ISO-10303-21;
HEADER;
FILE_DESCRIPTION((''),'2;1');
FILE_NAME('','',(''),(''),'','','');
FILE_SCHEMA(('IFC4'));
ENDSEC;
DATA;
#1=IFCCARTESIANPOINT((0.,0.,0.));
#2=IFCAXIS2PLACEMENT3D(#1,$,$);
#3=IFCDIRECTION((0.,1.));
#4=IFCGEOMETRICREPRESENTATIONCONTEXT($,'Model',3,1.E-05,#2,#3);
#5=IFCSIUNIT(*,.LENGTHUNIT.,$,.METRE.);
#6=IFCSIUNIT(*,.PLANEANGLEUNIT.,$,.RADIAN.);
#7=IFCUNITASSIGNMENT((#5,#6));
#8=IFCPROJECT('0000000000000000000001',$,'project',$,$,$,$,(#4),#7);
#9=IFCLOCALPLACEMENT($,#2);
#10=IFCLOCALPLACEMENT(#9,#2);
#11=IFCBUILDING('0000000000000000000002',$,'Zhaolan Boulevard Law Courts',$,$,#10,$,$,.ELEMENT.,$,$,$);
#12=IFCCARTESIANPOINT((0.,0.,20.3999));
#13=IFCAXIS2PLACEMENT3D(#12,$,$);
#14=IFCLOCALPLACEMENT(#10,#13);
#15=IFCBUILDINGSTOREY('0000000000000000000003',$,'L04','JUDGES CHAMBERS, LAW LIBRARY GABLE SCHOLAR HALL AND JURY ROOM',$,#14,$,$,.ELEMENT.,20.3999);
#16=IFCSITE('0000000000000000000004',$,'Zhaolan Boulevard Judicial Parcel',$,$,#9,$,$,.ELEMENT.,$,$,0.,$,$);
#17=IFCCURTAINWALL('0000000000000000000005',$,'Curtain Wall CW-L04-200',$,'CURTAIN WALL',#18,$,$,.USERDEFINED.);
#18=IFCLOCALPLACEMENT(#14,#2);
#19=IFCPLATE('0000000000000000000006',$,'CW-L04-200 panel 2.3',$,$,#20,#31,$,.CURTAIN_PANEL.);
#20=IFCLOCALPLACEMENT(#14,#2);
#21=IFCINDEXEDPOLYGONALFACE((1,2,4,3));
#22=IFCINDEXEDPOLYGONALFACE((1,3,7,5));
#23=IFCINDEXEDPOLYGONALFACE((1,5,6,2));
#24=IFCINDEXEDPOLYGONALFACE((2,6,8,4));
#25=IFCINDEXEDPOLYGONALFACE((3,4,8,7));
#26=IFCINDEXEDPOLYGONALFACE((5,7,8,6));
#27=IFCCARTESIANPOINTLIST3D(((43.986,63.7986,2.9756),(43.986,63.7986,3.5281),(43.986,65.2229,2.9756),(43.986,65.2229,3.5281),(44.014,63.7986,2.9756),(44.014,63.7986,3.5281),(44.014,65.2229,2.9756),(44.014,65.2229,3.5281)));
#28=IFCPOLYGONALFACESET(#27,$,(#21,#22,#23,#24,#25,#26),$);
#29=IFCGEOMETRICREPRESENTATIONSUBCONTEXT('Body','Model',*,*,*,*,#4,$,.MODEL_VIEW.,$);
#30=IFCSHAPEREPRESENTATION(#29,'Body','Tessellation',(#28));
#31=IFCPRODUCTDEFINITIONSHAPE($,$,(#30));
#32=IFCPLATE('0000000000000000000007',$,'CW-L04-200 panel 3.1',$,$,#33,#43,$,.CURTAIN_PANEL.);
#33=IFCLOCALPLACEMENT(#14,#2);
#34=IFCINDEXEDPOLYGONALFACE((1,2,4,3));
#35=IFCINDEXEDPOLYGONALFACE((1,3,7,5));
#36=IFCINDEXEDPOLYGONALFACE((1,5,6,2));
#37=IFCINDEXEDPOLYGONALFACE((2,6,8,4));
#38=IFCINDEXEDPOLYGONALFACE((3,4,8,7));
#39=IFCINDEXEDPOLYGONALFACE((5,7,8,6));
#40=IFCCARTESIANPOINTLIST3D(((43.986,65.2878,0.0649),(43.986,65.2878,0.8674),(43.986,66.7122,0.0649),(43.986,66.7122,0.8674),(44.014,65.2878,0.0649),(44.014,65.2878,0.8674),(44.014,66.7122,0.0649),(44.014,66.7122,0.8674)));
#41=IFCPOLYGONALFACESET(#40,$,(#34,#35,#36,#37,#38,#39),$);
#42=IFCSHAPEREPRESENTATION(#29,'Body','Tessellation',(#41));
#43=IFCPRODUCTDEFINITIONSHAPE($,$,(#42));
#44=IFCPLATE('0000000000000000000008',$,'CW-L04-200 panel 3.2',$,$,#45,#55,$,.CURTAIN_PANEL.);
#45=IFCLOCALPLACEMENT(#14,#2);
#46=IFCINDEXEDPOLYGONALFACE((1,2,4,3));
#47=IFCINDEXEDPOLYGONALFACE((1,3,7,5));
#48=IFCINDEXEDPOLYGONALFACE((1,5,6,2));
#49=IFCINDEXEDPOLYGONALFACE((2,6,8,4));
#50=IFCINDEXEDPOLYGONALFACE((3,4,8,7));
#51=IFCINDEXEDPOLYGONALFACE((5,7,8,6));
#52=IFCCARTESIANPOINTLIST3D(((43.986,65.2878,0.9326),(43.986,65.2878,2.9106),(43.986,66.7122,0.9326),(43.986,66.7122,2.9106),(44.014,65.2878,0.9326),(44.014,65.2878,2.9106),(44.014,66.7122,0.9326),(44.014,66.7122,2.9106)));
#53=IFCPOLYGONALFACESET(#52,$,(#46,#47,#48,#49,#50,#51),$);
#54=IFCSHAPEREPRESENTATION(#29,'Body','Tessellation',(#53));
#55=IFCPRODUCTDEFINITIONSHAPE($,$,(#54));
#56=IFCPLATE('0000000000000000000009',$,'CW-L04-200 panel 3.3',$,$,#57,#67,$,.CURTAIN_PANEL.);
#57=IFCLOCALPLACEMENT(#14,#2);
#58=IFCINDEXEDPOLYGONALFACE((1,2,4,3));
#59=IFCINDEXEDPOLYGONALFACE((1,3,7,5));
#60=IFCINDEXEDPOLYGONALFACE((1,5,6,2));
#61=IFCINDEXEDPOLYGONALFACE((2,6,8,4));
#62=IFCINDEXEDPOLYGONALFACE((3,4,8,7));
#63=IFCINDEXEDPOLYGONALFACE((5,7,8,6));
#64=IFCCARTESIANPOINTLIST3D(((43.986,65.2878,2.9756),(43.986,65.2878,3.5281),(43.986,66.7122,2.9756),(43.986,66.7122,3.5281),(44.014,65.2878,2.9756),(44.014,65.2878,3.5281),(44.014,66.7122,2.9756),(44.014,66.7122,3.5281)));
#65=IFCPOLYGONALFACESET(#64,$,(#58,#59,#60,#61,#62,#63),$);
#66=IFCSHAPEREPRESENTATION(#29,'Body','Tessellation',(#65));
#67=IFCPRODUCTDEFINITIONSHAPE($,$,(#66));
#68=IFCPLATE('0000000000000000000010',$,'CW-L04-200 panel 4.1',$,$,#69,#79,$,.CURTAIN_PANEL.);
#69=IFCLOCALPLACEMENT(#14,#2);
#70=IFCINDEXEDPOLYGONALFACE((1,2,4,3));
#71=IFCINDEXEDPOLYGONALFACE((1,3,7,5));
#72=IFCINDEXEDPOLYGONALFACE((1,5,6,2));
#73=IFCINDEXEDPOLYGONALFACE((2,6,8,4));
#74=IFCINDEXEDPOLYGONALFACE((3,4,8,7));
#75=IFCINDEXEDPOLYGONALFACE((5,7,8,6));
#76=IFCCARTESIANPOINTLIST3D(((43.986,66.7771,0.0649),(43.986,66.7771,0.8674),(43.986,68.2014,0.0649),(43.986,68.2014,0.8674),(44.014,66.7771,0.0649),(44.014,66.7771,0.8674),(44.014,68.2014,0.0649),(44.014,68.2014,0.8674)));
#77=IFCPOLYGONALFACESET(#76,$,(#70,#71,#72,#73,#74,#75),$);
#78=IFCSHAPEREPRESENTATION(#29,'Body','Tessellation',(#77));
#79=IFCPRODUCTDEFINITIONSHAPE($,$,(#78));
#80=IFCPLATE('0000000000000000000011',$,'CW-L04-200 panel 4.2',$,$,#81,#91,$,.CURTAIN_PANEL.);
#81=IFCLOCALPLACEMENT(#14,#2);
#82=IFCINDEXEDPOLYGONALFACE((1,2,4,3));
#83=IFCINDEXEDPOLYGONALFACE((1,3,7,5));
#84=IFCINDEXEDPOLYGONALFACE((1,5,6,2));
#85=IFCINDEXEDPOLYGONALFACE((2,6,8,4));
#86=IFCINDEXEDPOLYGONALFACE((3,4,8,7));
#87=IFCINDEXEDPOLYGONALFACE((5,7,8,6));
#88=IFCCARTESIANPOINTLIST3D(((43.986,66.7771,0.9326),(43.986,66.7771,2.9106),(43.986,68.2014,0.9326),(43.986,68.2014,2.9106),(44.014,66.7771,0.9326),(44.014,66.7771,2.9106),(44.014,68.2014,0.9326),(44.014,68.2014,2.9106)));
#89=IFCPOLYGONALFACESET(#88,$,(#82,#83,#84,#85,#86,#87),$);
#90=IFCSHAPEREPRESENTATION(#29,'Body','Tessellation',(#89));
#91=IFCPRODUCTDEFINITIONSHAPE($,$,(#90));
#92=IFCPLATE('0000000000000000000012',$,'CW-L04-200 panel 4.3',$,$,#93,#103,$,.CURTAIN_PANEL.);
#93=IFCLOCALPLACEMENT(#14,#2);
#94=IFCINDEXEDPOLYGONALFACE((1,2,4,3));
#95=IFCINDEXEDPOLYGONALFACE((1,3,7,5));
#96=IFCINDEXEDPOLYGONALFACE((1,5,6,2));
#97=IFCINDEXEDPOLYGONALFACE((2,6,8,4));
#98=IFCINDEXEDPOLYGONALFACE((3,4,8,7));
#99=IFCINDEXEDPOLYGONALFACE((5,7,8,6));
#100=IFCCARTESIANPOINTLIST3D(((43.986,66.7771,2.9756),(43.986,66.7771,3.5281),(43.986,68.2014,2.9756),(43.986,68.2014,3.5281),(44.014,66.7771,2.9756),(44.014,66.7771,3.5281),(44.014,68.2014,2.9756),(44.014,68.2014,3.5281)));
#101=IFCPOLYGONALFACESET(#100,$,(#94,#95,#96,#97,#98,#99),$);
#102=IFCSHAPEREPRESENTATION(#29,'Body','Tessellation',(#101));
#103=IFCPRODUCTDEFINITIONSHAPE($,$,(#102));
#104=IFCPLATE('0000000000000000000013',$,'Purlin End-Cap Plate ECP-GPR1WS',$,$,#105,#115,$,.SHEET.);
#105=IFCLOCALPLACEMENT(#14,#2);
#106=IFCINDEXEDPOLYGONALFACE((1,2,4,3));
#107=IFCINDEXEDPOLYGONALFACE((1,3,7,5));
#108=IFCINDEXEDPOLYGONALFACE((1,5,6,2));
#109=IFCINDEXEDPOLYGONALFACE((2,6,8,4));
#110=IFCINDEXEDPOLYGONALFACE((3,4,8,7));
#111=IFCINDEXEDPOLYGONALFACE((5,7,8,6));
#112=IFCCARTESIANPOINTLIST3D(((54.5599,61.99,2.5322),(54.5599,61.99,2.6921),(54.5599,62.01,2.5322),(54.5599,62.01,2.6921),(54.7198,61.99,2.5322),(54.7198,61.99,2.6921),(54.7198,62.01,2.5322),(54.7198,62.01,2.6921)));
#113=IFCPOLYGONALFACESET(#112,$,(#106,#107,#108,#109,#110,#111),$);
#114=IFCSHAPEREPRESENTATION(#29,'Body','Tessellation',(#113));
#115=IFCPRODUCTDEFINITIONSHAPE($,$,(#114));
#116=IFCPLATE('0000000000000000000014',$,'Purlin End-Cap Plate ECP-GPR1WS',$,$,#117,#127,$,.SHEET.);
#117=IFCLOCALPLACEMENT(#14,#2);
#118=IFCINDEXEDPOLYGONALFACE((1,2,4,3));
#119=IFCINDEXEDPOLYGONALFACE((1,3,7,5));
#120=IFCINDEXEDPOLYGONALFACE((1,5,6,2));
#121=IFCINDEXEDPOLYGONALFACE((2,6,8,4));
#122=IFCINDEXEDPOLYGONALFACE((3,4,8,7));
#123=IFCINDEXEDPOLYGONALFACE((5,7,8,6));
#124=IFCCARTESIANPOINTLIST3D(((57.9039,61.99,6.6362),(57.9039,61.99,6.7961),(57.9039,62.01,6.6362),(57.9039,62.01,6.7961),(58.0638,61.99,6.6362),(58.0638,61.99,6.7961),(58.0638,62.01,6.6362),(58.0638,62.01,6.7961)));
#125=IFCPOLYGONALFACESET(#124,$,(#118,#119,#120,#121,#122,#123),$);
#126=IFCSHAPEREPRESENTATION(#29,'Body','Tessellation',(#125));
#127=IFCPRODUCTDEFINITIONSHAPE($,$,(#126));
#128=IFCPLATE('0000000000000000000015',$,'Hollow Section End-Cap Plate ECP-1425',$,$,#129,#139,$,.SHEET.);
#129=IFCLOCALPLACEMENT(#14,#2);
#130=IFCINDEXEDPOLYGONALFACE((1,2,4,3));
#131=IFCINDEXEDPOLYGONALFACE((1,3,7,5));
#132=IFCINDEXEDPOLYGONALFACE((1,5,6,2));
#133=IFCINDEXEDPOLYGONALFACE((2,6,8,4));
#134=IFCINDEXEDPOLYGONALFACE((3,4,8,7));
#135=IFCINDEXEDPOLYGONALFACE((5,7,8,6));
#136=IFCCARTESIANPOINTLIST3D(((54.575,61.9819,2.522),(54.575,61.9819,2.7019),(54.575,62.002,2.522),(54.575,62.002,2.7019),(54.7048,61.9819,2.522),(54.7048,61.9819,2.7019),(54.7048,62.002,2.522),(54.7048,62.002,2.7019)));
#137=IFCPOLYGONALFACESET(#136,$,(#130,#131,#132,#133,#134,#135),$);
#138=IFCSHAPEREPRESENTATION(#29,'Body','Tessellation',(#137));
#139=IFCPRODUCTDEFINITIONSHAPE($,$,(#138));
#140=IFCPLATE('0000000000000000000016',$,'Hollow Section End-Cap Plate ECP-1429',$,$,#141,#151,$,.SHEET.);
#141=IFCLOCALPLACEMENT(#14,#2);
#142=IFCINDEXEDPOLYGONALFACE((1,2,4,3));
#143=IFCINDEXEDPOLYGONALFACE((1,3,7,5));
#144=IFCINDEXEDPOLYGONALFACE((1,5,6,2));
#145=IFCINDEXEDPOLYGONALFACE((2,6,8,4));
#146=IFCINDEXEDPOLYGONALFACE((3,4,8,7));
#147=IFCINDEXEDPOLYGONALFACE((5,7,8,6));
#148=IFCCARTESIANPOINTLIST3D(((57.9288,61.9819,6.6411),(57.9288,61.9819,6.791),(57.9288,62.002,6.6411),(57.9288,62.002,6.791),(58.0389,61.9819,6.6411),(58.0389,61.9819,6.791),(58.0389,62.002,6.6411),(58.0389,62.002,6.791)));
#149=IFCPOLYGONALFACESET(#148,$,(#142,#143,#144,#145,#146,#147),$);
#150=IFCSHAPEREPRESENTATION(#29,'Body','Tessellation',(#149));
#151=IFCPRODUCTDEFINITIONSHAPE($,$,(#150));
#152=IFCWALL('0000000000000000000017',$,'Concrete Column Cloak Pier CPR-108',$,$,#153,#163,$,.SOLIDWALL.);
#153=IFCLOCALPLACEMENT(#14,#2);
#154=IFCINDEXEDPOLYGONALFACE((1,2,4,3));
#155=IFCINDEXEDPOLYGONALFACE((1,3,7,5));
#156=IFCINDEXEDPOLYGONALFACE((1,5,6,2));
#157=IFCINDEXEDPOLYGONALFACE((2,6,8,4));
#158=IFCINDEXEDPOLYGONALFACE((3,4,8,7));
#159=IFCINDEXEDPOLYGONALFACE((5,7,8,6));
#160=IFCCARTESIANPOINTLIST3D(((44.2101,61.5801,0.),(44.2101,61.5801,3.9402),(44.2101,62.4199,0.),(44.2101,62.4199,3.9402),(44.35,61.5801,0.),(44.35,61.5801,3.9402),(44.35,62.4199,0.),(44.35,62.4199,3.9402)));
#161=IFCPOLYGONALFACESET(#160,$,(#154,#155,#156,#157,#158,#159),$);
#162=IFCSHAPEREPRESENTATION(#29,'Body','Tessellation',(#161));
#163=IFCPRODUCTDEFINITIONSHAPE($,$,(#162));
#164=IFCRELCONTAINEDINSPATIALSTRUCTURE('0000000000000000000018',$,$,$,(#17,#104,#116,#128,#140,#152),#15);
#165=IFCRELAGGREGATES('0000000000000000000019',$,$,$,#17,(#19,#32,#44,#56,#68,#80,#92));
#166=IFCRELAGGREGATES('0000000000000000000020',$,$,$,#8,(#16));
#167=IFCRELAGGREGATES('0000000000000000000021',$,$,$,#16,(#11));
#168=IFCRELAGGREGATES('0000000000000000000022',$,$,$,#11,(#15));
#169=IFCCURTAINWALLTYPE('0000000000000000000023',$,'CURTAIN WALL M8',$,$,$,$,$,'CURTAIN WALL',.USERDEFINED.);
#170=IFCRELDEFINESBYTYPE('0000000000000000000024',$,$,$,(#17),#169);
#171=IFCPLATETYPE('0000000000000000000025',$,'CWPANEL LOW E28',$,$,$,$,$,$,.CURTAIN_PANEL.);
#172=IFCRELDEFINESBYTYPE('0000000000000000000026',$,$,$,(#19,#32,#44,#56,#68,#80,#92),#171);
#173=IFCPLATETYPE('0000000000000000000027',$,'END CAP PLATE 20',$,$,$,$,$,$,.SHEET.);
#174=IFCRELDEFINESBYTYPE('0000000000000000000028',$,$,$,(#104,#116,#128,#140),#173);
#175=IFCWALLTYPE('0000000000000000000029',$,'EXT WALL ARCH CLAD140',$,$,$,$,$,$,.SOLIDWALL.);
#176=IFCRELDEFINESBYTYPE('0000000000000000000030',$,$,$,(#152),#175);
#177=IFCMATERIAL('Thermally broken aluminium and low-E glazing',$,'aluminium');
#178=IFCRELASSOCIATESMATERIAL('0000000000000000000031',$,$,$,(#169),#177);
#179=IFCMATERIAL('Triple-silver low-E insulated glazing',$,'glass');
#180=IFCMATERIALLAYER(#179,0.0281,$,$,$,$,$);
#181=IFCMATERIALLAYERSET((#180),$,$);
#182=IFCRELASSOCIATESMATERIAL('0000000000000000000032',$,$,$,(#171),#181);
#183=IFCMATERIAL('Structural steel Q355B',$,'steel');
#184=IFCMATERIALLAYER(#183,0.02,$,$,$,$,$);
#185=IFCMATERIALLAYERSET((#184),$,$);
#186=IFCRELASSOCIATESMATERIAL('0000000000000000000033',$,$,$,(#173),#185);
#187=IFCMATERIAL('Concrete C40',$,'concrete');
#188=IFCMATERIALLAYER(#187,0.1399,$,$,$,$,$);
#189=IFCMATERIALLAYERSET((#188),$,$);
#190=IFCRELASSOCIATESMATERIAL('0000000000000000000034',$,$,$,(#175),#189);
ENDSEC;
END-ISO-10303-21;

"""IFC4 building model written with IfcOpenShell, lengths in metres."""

from ifc_helpers import new_model, si_unit, direction, frame, frame_2d, origin, origin_2d, place, context, subcontext, project, spatial, rectangle, extrude, material, layer, layer_set, type_object, element, aggregate, save


model = new_model("IFC4")

# Units and contexts
model_context = context("Model", 3, precision=1e-05, world=origin(), true_north=direction((0.0, 1.0)))
body_context = subcontext(model_context, "Body", "Model", "MODEL_VIEW")
ifc_project = project(units=[si_unit("LENGTHUNIT", "METRE"), si_unit("PLANEANGLEUNIT", "RADIAN")], contexts=[model_context])

# Site, building, storey
site_placement = place(None, origin())
site = spatial("IfcSite", under=ifc_project, at=site_placement, Name="Zhaolan Boulevard Judicial Parcel", CompositionType="ELEMENT", RefElevation=0.0)
building_placement = place(site_placement, origin())
building = spatial("IfcBuilding", under=site, at=building_placement, Name="Zhaolan Boulevard Law Courts", CompositionType="ELEMENT")
storey_placement = place(building_placement, frame((0.0, 0.0, 20.3999)))
storey = spatial("IfcBuildingStorey", under=building, at=storey_placement, Name="L04", Description="JUDGES CHAMBERS, LAW LIBRARY GABLE SCHOLAR HALL AND JURY ROOM", CompositionType="ELEMENT", Elevation=20.3999)

# Curtain wall
ifc_material_1 = material(Name="Thermally broken aluminium and low-E glazing", Category="aluminium")
curtain_wall_type = type_object("IfcCurtainWallType", Name="CURTAIN WALL M8", ElementType="CURTAIN WALL", PredefinedType="USERDEFINED", material=ifc_material_1)
curtain_wall_placement = place(storey_placement, origin())
curtain_wall = element("IfcCurtainWall", 1, at=curtain_wall_placement, inside=storey, type_object=curtain_wall_type, Name="Curtain Wall CW-L04-200", ObjectType="CURTAIN WALL", PredefinedType="USERDEFINED")

# Plates
ifc_material_2 = material(Name="Triple-silver low-E insulated glazing", Category="glass")
ifc_layer_1 = layer(ifc_material_2, 0.0281)
ifc_layer_set_1 = layer_set([ifc_layer_1])
plate_type_1 = type_object("IfcPlateType", Name="CWPANEL LOW E28", PredefinedType="CURTAIN_PANEL", material=ifc_layer_set_1)
plate_1_placement = place(storey_placement, frame((44.0, 64.5107, 2.9756), z_axis=(0.0, 0.0, 1.0), x_axis=(0.0, 1.0, 0.0)))
plate_1 = element("IfcPlate", 2, at=plate_1_placement, type_object=plate_type_1, Name="CW-L04-200 panel 2.3", PredefinedType="CURTAIN_PANEL", context=body_context, shape_type="SweptSolid", body=[
    extrude(rectangle(XDim=1.4243, YDim=0.0281, at=origin_2d()), origin(), (0.0, 0.0, 1.0), 0.5525),
])
plate_2_placement = place(storey_placement, frame((44.0, 66.0, 0.0649), z_axis=(0.0, 0.0, 1.0), x_axis=(0.0, 1.0, 0.0)))
plate_2 = element("IfcPlate", 3, at=plate_2_placement, type_object=plate_type_1, Name="CW-L04-200 panel 3.1", PredefinedType="CURTAIN_PANEL", context=body_context, shape_type="SweptSolid", body=[
    extrude(rectangle(XDim=1.4243, YDim=0.0281, at=origin_2d()), origin(), (0.0, 0.0, 1.0), 0.8025),
])
plate_3_placement = place(storey_placement, frame((44.0, 66.0, 0.9326), z_axis=(0.0, 0.0, 1.0), x_axis=(0.0, 1.0, 0.0)))
plate_3 = element("IfcPlate", 4, at=plate_3_placement, type_object=plate_type_1, Name="CW-L04-200 panel 3.2", PredefinedType="CURTAIN_PANEL", context=body_context, shape_type="SweptSolid", body=[
    extrude(rectangle(XDim=1.4243, YDim=0.0281, at=origin_2d()), origin(), (0.0, 0.0, 1.0), 1.978),
])
plate_4_placement = place(storey_placement, frame((44.0, 66.0, 2.9756), z_axis=(0.0, 0.0, 1.0), x_axis=(0.0, 1.0, 0.0)))
plate_4 = element("IfcPlate", 5, at=plate_4_placement, type_object=plate_type_1, Name="CW-L04-200 panel 3.3", PredefinedType="CURTAIN_PANEL", context=body_context, shape_type="SweptSolid", body=[
    extrude(rectangle(XDim=1.4243, YDim=0.0281, at=origin_2d()), origin(), (0.0, 0.0, 1.0), 0.5525),
])
plate_5_placement = place(storey_placement, frame((44.0, 67.4893, 0.0649), z_axis=(0.0, 0.0, 1.0), x_axis=(0.0, 1.0, 0.0)))
plate_5 = element("IfcPlate", 6, at=plate_5_placement, type_object=plate_type_1, Name="CW-L04-200 panel 4.1", PredefinedType="CURTAIN_PANEL", context=body_context, shape_type="SweptSolid", body=[
    extrude(rectangle(XDim=1.4243, YDim=0.0281, at=origin_2d()), origin(), (0.0, 0.0, 1.0), 0.8025),
])
plate_6_placement = place(storey_placement, frame((44.0, 67.4893, 0.9326), z_axis=(0.0, 0.0, 1.0), x_axis=(0.0, 1.0, 0.0)))
plate_6 = element("IfcPlate", 7, at=plate_6_placement, type_object=plate_type_1, Name="CW-L04-200 panel 4.2", PredefinedType="CURTAIN_PANEL", context=body_context, shape_type="SweptSolid", body=[
    extrude(rectangle(XDim=1.4243, YDim=0.0281, at=origin_2d()), origin(), (0.0, 0.0, 1.0), 1.978),
])
plate_7_placement = place(storey_placement, frame((44.0, 67.4893, 2.9756), z_axis=(0.0, 0.0, 1.0), x_axis=(0.0, 1.0, 0.0)))
plate_7 = element("IfcPlate", 8, at=plate_7_placement, type_object=plate_type_1, Name="CW-L04-200 panel 4.3", PredefinedType="CURTAIN_PANEL", context=body_context, shape_type="SweptSolid", body=[
    extrude(rectangle(XDim=1.4243, YDim=0.0281, at=origin_2d()), origin(), (0.0, 0.0, 1.0), 0.5525),
])
aggregate(curtain_wall, [plate_1, plate_2, plate_3, plate_4, plate_5, plate_6, plate_7])

# Plates
ifc_material_3 = material(Name="Structural steel Q355B", Category="steel")
ifc_layer_2 = layer(ifc_material_3, 0.02)
ifc_layer_set_2 = layer_set([ifc_layer_2])
plate_type_2 = type_object("IfcPlateType", Name="END CAP PLATE 20", PredefinedType="SHEET", material=ifc_layer_set_2)
for number, where, z_axis, x_axis, name in (
    (9, (54.6399, 62.0, 2.5322), (0.0, 0.0, 1.0), (1.0, 0.0, 0.0), "Purlin End-Cap Plate ECP-GPR1WS"),
    (10, (57.9839, 62.0, 6.6362), (0.0, 0.0, 1.0), (1.0, 0.0, 0.0), "Purlin End-Cap Plate ECP-GPR1WS"),
):
    element("IfcPlate", number, at=place(storey_placement, frame(where, z_axis=z_axis, x_axis=x_axis)), inside=storey, type_object=plate_type_2, Name=name, PredefinedType="SHEET", context=body_context, shape_type="SweptSolid", body=[
        extrude(rectangle(XDim=0.1599, YDim=0.02, at=origin_2d()), origin(), (0.0, 0.0, 1.0), 0.1599),
    ])
plate_8_placement = place(storey_placement, frame((54.6399, 61.9919, 2.522), z_axis=(0.0, 0.0, 1.0), x_axis=(0.0, 1.0, 0.0)))
element("IfcPlate", 11, at=plate_8_placement, inside=storey, type_object=plate_type_2, Name="Hollow Section End-Cap Plate ECP-1425", PredefinedType="SHEET", context=body_context, shape_type="SweptSolid", body=[
    extrude(rectangle(XDim=0.02, YDim=0.1299, at=origin_2d()), origin(), (0.0, 0.0, 1.0), 0.1799),
])
plate_9_placement = place(storey_placement, frame((57.9839, 61.9919, 6.6411), z_axis=(0.0, 0.0, 1.0), x_axis=(0.0, 1.0, 0.0)))
element("IfcPlate", 12, at=plate_9_placement, inside=storey, type_object=plate_type_2, Name="Hollow Section End-Cap Plate ECP-1429", PredefinedType="SHEET", context=body_context, shape_type="SweptSolid", body=[
    extrude(rectangle(XDim=0.02, YDim=0.1101, at=origin_2d()), origin(), (0.0, 0.0, 1.0), 0.1499),
])

# Wall
ifc_material_4 = material(Name="Concrete C40", Category="concrete")
ifc_layer_3 = layer(ifc_material_4, 0.1399)
ifc_layer_set_3 = layer_set([ifc_layer_3])
wall_type_1 = type_object("IfcWallType", Name="EXT WALL ARCH CLAD140", PredefinedType="SOLIDWALL", material=ifc_layer_set_3)
wall_1_placement = place(storey_placement, frame((44.28, 61.5801, 0.0), z_axis=(0.0, 0.0, 1.0), x_axis=(0.0, 1.0, 0.0)))
element("IfcWall", 13, at=wall_1_placement, inside=storey, type_object=wall_type_1, Name="Concrete Column Cloak Pier CPR-108", PredefinedType="SOLIDWALL", context=body_context, shape_type="SweptSolid", body=[
    extrude(rectangle(XDim=0.8398, YDim=0.1399, at=frame_2d((0.4199, 0.0))), origin(), (0.0, 0.0, 1.0), 3.9402),
])

save(model, "model.ifc")
